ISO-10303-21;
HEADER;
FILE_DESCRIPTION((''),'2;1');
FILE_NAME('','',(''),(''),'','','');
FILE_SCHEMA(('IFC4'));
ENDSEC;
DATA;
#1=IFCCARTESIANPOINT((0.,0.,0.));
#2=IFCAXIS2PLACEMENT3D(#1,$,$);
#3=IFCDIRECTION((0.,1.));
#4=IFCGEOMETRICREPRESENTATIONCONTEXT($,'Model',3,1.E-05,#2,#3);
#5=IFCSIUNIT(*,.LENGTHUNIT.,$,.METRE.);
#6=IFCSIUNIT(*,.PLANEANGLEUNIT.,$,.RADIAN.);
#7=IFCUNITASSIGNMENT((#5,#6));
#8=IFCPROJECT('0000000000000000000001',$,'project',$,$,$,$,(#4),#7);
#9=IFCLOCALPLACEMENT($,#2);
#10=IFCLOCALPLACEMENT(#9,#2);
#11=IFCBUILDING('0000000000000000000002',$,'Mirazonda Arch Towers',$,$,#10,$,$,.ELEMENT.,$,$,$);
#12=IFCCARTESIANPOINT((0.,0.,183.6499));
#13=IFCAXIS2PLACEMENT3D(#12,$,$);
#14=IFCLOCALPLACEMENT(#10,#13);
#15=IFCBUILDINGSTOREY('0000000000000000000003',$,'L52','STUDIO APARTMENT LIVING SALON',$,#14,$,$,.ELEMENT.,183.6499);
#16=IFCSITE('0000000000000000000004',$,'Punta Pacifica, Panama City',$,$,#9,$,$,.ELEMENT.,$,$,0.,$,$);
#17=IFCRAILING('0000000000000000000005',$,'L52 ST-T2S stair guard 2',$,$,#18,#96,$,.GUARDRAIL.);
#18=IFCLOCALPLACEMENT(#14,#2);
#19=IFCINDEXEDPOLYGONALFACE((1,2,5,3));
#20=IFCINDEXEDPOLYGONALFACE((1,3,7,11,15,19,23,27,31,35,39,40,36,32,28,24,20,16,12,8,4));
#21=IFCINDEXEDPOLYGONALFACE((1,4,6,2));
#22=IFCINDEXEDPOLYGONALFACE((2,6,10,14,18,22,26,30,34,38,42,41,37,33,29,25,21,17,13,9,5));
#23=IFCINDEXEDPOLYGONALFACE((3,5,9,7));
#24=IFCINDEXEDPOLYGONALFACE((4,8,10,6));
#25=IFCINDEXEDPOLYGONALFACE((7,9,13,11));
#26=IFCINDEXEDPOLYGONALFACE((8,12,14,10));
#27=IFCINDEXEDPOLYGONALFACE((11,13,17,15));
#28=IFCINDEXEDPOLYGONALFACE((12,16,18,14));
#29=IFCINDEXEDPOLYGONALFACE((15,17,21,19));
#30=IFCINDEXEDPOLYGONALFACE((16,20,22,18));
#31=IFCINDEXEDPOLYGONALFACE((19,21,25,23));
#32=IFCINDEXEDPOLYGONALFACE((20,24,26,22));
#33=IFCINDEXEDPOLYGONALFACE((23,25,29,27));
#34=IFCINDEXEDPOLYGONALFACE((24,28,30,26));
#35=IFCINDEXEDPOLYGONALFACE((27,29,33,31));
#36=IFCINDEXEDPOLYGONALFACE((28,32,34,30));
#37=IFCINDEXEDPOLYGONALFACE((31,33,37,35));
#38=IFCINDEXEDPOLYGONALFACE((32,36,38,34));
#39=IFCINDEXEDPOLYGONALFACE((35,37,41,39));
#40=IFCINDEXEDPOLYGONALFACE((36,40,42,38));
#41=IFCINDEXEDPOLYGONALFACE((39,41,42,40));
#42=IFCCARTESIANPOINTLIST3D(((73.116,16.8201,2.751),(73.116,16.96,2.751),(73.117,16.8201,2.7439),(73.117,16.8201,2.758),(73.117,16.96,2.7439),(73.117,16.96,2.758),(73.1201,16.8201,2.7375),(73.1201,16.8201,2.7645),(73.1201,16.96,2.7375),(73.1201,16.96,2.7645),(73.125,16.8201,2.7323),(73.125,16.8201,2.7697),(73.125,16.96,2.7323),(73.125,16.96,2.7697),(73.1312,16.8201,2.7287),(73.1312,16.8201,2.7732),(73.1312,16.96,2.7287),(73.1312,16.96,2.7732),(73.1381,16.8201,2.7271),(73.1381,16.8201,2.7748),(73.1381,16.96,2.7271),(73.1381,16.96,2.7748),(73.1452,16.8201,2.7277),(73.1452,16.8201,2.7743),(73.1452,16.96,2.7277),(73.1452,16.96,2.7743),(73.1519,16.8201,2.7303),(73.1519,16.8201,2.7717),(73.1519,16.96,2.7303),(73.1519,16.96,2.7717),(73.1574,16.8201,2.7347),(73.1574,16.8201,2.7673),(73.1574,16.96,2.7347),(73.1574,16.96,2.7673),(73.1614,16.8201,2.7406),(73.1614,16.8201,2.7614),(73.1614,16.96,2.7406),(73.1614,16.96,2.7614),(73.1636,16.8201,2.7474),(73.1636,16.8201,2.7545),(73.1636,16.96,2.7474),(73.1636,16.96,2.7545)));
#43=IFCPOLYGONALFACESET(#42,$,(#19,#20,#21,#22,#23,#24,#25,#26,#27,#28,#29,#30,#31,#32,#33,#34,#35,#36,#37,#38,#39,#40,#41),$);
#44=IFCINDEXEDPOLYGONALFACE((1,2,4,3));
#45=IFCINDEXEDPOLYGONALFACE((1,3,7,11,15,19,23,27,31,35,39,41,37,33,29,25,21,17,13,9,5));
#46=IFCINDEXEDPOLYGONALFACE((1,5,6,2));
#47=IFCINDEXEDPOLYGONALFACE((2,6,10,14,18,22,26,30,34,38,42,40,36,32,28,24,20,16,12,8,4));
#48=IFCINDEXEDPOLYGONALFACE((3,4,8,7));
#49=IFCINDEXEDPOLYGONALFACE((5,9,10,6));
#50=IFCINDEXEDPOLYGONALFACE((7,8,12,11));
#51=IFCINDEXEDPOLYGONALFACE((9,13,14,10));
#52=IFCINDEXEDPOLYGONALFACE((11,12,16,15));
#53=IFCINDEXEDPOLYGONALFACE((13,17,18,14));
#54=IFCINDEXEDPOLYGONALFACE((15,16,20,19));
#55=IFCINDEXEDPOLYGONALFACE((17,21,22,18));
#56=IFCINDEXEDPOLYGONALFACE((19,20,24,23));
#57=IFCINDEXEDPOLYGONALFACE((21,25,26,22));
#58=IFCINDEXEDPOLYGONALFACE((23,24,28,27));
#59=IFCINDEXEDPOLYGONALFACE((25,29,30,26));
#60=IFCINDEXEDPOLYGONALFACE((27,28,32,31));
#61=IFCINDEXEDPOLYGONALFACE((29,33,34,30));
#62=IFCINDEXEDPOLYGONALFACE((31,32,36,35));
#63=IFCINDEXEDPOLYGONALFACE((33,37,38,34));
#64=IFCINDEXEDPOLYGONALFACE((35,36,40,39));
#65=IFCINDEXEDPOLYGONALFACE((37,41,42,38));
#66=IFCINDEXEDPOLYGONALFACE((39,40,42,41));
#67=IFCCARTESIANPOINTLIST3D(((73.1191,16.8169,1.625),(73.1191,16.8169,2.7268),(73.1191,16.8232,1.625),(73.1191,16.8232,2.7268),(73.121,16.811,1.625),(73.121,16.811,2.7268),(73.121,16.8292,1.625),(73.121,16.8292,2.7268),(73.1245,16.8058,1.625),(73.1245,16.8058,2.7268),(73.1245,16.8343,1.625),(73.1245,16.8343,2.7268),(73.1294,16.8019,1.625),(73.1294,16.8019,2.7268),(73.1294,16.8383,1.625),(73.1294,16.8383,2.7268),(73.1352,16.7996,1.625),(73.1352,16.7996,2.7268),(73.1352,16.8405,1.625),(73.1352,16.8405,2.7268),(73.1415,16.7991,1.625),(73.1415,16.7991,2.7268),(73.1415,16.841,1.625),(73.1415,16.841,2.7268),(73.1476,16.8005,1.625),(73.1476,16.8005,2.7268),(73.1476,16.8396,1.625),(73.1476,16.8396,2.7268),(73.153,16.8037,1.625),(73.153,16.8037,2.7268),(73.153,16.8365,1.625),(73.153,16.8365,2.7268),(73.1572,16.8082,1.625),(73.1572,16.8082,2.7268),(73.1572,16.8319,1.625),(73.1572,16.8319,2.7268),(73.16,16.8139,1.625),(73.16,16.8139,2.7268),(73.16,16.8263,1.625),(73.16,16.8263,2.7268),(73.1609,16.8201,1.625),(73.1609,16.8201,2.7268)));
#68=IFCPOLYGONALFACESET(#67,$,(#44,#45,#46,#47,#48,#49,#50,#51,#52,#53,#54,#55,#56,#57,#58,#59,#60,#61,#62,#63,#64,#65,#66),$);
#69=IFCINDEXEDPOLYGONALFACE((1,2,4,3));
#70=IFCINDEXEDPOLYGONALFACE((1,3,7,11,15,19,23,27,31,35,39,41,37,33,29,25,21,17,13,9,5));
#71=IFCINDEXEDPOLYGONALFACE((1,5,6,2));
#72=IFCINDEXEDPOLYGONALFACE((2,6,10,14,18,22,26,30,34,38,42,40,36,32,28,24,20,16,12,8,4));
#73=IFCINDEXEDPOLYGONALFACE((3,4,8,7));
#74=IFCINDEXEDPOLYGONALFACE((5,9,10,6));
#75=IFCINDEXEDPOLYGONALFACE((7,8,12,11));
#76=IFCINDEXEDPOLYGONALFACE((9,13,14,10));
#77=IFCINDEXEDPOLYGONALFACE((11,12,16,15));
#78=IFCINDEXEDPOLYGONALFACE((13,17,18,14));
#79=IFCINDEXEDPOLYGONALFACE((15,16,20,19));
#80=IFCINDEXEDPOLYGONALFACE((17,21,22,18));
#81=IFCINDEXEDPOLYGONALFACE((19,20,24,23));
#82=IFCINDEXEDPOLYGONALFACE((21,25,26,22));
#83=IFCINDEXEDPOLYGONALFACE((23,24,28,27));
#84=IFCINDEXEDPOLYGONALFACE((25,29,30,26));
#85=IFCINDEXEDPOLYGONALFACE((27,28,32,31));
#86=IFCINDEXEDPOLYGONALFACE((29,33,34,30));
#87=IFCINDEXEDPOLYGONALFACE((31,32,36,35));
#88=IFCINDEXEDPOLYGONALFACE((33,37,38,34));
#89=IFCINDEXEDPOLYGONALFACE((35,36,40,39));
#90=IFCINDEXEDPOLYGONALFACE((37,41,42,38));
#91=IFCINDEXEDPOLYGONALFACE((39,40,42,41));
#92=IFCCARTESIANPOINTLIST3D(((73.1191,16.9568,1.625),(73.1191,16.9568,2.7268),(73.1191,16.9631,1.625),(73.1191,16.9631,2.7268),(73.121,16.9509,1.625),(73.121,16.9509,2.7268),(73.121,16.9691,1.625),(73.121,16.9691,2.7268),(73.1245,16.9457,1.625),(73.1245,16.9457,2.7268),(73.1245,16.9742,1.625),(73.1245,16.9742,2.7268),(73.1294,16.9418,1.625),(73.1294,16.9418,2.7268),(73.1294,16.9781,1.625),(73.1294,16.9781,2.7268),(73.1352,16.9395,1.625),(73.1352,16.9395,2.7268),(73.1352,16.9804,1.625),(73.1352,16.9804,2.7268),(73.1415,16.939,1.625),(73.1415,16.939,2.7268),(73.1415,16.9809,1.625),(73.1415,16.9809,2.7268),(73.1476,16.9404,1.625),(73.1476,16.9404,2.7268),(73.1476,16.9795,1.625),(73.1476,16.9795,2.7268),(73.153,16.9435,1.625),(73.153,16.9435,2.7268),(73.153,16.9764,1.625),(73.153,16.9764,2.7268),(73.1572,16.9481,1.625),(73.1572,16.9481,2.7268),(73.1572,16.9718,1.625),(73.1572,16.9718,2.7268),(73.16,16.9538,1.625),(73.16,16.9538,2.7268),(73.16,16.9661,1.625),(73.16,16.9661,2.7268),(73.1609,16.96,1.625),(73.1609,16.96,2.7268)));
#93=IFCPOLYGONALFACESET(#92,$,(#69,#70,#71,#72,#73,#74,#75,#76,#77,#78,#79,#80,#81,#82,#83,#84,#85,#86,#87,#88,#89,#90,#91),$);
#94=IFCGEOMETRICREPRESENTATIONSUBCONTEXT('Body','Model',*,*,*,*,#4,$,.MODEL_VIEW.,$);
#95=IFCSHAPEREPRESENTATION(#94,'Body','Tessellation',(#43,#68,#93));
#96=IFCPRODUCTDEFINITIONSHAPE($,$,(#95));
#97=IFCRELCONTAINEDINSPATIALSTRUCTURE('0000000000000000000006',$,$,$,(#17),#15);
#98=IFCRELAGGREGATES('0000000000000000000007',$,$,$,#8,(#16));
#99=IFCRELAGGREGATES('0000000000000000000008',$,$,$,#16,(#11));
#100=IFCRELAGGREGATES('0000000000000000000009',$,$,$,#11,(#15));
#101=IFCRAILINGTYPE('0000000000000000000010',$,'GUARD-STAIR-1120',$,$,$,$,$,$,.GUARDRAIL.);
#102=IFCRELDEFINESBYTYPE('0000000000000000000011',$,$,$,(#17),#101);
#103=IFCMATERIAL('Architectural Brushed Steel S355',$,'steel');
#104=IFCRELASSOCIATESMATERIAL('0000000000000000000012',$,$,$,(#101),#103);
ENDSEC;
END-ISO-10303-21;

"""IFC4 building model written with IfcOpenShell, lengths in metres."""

from ifc_helpers import new_model, si_unit, direction, frame, origin, origin_2d, place, context, subcontext, project, spatial, circle, extrude, material, type_object, element, save


model = new_model("IFC4")

# Units and contexts
model_context = context("Model", 3, precision=1e-05, world=origin(), true_north=direction((0.0, 1.0)))
body_context = subcontext(model_context, "Body", "Model", "MODEL_VIEW")
ifc_project = project(units=[si_unit("LENGTHUNIT", "METRE"), si_unit("PLANEANGLEUNIT", "RADIAN")], contexts=[model_context])

# Site, building, storey
site_placement = place(None, origin())
site = spatial("IfcSite", under=ifc_project, at=site_placement, Name="Punta Pacifica, Panama City", CompositionType="ELEMENT", RefElevation=0.0)
building_placement = place(site_placement, origin())
building = spatial("IfcBuilding", under=site, at=building_placement, Name="Mirazonda Arch Towers", CompositionType="ELEMENT")
storey_placement = place(building_placement, frame((0.0, 0.0, 183.6499)))
storey = spatial("IfcBuildingStorey", under=building, at=storey_placement, Name="L52", Description="STUDIO APARTMENT LIVING SALON", CompositionType="ELEMENT", Elevation=183.6499)

# Shared definitions
ifc_material_1 = material(Name="Architectural Brushed Steel S355", Category="steel")

# Railing
railing_type_1 = type_object("IfcRailingType", Name="GUARD-STAIR-1120", PredefinedType="GUARDRAIL", material=ifc_material_1)
railing_1_placement = place(storey_placement, frame((73.1399, 16.8201, 1.625)))
element("IfcRailing", 1, at=railing_1_placement, inside=storey, type_object=railing_type_1, Name="L52 ST-T2S stair guard 2", PredefinedType="GUARDRAIL", context=body_context, shape_type="SweptSolid", body=[
    extrude(circle(Radius=0.0239, at=origin_2d()), frame((0.0, 0.0, 1.126), z_axis=(0.0, 1.0, 0.0), x_axis=(-1.0, 0.0, 0.0)), (0.0, 0.0, 1.0), 0.1399),
    extrude(circle(Radius=0.021, at=origin_2d()), origin(), (0.0, 0.0, 1.0), 1.1018),
    extrude(circle(Radius=0.021, at=origin_2d()), frame((0.0, 0.1399, 0.0)), (0.0, 0.0, 1.0), 1.1018),
])

save(model, "model.ifc")
